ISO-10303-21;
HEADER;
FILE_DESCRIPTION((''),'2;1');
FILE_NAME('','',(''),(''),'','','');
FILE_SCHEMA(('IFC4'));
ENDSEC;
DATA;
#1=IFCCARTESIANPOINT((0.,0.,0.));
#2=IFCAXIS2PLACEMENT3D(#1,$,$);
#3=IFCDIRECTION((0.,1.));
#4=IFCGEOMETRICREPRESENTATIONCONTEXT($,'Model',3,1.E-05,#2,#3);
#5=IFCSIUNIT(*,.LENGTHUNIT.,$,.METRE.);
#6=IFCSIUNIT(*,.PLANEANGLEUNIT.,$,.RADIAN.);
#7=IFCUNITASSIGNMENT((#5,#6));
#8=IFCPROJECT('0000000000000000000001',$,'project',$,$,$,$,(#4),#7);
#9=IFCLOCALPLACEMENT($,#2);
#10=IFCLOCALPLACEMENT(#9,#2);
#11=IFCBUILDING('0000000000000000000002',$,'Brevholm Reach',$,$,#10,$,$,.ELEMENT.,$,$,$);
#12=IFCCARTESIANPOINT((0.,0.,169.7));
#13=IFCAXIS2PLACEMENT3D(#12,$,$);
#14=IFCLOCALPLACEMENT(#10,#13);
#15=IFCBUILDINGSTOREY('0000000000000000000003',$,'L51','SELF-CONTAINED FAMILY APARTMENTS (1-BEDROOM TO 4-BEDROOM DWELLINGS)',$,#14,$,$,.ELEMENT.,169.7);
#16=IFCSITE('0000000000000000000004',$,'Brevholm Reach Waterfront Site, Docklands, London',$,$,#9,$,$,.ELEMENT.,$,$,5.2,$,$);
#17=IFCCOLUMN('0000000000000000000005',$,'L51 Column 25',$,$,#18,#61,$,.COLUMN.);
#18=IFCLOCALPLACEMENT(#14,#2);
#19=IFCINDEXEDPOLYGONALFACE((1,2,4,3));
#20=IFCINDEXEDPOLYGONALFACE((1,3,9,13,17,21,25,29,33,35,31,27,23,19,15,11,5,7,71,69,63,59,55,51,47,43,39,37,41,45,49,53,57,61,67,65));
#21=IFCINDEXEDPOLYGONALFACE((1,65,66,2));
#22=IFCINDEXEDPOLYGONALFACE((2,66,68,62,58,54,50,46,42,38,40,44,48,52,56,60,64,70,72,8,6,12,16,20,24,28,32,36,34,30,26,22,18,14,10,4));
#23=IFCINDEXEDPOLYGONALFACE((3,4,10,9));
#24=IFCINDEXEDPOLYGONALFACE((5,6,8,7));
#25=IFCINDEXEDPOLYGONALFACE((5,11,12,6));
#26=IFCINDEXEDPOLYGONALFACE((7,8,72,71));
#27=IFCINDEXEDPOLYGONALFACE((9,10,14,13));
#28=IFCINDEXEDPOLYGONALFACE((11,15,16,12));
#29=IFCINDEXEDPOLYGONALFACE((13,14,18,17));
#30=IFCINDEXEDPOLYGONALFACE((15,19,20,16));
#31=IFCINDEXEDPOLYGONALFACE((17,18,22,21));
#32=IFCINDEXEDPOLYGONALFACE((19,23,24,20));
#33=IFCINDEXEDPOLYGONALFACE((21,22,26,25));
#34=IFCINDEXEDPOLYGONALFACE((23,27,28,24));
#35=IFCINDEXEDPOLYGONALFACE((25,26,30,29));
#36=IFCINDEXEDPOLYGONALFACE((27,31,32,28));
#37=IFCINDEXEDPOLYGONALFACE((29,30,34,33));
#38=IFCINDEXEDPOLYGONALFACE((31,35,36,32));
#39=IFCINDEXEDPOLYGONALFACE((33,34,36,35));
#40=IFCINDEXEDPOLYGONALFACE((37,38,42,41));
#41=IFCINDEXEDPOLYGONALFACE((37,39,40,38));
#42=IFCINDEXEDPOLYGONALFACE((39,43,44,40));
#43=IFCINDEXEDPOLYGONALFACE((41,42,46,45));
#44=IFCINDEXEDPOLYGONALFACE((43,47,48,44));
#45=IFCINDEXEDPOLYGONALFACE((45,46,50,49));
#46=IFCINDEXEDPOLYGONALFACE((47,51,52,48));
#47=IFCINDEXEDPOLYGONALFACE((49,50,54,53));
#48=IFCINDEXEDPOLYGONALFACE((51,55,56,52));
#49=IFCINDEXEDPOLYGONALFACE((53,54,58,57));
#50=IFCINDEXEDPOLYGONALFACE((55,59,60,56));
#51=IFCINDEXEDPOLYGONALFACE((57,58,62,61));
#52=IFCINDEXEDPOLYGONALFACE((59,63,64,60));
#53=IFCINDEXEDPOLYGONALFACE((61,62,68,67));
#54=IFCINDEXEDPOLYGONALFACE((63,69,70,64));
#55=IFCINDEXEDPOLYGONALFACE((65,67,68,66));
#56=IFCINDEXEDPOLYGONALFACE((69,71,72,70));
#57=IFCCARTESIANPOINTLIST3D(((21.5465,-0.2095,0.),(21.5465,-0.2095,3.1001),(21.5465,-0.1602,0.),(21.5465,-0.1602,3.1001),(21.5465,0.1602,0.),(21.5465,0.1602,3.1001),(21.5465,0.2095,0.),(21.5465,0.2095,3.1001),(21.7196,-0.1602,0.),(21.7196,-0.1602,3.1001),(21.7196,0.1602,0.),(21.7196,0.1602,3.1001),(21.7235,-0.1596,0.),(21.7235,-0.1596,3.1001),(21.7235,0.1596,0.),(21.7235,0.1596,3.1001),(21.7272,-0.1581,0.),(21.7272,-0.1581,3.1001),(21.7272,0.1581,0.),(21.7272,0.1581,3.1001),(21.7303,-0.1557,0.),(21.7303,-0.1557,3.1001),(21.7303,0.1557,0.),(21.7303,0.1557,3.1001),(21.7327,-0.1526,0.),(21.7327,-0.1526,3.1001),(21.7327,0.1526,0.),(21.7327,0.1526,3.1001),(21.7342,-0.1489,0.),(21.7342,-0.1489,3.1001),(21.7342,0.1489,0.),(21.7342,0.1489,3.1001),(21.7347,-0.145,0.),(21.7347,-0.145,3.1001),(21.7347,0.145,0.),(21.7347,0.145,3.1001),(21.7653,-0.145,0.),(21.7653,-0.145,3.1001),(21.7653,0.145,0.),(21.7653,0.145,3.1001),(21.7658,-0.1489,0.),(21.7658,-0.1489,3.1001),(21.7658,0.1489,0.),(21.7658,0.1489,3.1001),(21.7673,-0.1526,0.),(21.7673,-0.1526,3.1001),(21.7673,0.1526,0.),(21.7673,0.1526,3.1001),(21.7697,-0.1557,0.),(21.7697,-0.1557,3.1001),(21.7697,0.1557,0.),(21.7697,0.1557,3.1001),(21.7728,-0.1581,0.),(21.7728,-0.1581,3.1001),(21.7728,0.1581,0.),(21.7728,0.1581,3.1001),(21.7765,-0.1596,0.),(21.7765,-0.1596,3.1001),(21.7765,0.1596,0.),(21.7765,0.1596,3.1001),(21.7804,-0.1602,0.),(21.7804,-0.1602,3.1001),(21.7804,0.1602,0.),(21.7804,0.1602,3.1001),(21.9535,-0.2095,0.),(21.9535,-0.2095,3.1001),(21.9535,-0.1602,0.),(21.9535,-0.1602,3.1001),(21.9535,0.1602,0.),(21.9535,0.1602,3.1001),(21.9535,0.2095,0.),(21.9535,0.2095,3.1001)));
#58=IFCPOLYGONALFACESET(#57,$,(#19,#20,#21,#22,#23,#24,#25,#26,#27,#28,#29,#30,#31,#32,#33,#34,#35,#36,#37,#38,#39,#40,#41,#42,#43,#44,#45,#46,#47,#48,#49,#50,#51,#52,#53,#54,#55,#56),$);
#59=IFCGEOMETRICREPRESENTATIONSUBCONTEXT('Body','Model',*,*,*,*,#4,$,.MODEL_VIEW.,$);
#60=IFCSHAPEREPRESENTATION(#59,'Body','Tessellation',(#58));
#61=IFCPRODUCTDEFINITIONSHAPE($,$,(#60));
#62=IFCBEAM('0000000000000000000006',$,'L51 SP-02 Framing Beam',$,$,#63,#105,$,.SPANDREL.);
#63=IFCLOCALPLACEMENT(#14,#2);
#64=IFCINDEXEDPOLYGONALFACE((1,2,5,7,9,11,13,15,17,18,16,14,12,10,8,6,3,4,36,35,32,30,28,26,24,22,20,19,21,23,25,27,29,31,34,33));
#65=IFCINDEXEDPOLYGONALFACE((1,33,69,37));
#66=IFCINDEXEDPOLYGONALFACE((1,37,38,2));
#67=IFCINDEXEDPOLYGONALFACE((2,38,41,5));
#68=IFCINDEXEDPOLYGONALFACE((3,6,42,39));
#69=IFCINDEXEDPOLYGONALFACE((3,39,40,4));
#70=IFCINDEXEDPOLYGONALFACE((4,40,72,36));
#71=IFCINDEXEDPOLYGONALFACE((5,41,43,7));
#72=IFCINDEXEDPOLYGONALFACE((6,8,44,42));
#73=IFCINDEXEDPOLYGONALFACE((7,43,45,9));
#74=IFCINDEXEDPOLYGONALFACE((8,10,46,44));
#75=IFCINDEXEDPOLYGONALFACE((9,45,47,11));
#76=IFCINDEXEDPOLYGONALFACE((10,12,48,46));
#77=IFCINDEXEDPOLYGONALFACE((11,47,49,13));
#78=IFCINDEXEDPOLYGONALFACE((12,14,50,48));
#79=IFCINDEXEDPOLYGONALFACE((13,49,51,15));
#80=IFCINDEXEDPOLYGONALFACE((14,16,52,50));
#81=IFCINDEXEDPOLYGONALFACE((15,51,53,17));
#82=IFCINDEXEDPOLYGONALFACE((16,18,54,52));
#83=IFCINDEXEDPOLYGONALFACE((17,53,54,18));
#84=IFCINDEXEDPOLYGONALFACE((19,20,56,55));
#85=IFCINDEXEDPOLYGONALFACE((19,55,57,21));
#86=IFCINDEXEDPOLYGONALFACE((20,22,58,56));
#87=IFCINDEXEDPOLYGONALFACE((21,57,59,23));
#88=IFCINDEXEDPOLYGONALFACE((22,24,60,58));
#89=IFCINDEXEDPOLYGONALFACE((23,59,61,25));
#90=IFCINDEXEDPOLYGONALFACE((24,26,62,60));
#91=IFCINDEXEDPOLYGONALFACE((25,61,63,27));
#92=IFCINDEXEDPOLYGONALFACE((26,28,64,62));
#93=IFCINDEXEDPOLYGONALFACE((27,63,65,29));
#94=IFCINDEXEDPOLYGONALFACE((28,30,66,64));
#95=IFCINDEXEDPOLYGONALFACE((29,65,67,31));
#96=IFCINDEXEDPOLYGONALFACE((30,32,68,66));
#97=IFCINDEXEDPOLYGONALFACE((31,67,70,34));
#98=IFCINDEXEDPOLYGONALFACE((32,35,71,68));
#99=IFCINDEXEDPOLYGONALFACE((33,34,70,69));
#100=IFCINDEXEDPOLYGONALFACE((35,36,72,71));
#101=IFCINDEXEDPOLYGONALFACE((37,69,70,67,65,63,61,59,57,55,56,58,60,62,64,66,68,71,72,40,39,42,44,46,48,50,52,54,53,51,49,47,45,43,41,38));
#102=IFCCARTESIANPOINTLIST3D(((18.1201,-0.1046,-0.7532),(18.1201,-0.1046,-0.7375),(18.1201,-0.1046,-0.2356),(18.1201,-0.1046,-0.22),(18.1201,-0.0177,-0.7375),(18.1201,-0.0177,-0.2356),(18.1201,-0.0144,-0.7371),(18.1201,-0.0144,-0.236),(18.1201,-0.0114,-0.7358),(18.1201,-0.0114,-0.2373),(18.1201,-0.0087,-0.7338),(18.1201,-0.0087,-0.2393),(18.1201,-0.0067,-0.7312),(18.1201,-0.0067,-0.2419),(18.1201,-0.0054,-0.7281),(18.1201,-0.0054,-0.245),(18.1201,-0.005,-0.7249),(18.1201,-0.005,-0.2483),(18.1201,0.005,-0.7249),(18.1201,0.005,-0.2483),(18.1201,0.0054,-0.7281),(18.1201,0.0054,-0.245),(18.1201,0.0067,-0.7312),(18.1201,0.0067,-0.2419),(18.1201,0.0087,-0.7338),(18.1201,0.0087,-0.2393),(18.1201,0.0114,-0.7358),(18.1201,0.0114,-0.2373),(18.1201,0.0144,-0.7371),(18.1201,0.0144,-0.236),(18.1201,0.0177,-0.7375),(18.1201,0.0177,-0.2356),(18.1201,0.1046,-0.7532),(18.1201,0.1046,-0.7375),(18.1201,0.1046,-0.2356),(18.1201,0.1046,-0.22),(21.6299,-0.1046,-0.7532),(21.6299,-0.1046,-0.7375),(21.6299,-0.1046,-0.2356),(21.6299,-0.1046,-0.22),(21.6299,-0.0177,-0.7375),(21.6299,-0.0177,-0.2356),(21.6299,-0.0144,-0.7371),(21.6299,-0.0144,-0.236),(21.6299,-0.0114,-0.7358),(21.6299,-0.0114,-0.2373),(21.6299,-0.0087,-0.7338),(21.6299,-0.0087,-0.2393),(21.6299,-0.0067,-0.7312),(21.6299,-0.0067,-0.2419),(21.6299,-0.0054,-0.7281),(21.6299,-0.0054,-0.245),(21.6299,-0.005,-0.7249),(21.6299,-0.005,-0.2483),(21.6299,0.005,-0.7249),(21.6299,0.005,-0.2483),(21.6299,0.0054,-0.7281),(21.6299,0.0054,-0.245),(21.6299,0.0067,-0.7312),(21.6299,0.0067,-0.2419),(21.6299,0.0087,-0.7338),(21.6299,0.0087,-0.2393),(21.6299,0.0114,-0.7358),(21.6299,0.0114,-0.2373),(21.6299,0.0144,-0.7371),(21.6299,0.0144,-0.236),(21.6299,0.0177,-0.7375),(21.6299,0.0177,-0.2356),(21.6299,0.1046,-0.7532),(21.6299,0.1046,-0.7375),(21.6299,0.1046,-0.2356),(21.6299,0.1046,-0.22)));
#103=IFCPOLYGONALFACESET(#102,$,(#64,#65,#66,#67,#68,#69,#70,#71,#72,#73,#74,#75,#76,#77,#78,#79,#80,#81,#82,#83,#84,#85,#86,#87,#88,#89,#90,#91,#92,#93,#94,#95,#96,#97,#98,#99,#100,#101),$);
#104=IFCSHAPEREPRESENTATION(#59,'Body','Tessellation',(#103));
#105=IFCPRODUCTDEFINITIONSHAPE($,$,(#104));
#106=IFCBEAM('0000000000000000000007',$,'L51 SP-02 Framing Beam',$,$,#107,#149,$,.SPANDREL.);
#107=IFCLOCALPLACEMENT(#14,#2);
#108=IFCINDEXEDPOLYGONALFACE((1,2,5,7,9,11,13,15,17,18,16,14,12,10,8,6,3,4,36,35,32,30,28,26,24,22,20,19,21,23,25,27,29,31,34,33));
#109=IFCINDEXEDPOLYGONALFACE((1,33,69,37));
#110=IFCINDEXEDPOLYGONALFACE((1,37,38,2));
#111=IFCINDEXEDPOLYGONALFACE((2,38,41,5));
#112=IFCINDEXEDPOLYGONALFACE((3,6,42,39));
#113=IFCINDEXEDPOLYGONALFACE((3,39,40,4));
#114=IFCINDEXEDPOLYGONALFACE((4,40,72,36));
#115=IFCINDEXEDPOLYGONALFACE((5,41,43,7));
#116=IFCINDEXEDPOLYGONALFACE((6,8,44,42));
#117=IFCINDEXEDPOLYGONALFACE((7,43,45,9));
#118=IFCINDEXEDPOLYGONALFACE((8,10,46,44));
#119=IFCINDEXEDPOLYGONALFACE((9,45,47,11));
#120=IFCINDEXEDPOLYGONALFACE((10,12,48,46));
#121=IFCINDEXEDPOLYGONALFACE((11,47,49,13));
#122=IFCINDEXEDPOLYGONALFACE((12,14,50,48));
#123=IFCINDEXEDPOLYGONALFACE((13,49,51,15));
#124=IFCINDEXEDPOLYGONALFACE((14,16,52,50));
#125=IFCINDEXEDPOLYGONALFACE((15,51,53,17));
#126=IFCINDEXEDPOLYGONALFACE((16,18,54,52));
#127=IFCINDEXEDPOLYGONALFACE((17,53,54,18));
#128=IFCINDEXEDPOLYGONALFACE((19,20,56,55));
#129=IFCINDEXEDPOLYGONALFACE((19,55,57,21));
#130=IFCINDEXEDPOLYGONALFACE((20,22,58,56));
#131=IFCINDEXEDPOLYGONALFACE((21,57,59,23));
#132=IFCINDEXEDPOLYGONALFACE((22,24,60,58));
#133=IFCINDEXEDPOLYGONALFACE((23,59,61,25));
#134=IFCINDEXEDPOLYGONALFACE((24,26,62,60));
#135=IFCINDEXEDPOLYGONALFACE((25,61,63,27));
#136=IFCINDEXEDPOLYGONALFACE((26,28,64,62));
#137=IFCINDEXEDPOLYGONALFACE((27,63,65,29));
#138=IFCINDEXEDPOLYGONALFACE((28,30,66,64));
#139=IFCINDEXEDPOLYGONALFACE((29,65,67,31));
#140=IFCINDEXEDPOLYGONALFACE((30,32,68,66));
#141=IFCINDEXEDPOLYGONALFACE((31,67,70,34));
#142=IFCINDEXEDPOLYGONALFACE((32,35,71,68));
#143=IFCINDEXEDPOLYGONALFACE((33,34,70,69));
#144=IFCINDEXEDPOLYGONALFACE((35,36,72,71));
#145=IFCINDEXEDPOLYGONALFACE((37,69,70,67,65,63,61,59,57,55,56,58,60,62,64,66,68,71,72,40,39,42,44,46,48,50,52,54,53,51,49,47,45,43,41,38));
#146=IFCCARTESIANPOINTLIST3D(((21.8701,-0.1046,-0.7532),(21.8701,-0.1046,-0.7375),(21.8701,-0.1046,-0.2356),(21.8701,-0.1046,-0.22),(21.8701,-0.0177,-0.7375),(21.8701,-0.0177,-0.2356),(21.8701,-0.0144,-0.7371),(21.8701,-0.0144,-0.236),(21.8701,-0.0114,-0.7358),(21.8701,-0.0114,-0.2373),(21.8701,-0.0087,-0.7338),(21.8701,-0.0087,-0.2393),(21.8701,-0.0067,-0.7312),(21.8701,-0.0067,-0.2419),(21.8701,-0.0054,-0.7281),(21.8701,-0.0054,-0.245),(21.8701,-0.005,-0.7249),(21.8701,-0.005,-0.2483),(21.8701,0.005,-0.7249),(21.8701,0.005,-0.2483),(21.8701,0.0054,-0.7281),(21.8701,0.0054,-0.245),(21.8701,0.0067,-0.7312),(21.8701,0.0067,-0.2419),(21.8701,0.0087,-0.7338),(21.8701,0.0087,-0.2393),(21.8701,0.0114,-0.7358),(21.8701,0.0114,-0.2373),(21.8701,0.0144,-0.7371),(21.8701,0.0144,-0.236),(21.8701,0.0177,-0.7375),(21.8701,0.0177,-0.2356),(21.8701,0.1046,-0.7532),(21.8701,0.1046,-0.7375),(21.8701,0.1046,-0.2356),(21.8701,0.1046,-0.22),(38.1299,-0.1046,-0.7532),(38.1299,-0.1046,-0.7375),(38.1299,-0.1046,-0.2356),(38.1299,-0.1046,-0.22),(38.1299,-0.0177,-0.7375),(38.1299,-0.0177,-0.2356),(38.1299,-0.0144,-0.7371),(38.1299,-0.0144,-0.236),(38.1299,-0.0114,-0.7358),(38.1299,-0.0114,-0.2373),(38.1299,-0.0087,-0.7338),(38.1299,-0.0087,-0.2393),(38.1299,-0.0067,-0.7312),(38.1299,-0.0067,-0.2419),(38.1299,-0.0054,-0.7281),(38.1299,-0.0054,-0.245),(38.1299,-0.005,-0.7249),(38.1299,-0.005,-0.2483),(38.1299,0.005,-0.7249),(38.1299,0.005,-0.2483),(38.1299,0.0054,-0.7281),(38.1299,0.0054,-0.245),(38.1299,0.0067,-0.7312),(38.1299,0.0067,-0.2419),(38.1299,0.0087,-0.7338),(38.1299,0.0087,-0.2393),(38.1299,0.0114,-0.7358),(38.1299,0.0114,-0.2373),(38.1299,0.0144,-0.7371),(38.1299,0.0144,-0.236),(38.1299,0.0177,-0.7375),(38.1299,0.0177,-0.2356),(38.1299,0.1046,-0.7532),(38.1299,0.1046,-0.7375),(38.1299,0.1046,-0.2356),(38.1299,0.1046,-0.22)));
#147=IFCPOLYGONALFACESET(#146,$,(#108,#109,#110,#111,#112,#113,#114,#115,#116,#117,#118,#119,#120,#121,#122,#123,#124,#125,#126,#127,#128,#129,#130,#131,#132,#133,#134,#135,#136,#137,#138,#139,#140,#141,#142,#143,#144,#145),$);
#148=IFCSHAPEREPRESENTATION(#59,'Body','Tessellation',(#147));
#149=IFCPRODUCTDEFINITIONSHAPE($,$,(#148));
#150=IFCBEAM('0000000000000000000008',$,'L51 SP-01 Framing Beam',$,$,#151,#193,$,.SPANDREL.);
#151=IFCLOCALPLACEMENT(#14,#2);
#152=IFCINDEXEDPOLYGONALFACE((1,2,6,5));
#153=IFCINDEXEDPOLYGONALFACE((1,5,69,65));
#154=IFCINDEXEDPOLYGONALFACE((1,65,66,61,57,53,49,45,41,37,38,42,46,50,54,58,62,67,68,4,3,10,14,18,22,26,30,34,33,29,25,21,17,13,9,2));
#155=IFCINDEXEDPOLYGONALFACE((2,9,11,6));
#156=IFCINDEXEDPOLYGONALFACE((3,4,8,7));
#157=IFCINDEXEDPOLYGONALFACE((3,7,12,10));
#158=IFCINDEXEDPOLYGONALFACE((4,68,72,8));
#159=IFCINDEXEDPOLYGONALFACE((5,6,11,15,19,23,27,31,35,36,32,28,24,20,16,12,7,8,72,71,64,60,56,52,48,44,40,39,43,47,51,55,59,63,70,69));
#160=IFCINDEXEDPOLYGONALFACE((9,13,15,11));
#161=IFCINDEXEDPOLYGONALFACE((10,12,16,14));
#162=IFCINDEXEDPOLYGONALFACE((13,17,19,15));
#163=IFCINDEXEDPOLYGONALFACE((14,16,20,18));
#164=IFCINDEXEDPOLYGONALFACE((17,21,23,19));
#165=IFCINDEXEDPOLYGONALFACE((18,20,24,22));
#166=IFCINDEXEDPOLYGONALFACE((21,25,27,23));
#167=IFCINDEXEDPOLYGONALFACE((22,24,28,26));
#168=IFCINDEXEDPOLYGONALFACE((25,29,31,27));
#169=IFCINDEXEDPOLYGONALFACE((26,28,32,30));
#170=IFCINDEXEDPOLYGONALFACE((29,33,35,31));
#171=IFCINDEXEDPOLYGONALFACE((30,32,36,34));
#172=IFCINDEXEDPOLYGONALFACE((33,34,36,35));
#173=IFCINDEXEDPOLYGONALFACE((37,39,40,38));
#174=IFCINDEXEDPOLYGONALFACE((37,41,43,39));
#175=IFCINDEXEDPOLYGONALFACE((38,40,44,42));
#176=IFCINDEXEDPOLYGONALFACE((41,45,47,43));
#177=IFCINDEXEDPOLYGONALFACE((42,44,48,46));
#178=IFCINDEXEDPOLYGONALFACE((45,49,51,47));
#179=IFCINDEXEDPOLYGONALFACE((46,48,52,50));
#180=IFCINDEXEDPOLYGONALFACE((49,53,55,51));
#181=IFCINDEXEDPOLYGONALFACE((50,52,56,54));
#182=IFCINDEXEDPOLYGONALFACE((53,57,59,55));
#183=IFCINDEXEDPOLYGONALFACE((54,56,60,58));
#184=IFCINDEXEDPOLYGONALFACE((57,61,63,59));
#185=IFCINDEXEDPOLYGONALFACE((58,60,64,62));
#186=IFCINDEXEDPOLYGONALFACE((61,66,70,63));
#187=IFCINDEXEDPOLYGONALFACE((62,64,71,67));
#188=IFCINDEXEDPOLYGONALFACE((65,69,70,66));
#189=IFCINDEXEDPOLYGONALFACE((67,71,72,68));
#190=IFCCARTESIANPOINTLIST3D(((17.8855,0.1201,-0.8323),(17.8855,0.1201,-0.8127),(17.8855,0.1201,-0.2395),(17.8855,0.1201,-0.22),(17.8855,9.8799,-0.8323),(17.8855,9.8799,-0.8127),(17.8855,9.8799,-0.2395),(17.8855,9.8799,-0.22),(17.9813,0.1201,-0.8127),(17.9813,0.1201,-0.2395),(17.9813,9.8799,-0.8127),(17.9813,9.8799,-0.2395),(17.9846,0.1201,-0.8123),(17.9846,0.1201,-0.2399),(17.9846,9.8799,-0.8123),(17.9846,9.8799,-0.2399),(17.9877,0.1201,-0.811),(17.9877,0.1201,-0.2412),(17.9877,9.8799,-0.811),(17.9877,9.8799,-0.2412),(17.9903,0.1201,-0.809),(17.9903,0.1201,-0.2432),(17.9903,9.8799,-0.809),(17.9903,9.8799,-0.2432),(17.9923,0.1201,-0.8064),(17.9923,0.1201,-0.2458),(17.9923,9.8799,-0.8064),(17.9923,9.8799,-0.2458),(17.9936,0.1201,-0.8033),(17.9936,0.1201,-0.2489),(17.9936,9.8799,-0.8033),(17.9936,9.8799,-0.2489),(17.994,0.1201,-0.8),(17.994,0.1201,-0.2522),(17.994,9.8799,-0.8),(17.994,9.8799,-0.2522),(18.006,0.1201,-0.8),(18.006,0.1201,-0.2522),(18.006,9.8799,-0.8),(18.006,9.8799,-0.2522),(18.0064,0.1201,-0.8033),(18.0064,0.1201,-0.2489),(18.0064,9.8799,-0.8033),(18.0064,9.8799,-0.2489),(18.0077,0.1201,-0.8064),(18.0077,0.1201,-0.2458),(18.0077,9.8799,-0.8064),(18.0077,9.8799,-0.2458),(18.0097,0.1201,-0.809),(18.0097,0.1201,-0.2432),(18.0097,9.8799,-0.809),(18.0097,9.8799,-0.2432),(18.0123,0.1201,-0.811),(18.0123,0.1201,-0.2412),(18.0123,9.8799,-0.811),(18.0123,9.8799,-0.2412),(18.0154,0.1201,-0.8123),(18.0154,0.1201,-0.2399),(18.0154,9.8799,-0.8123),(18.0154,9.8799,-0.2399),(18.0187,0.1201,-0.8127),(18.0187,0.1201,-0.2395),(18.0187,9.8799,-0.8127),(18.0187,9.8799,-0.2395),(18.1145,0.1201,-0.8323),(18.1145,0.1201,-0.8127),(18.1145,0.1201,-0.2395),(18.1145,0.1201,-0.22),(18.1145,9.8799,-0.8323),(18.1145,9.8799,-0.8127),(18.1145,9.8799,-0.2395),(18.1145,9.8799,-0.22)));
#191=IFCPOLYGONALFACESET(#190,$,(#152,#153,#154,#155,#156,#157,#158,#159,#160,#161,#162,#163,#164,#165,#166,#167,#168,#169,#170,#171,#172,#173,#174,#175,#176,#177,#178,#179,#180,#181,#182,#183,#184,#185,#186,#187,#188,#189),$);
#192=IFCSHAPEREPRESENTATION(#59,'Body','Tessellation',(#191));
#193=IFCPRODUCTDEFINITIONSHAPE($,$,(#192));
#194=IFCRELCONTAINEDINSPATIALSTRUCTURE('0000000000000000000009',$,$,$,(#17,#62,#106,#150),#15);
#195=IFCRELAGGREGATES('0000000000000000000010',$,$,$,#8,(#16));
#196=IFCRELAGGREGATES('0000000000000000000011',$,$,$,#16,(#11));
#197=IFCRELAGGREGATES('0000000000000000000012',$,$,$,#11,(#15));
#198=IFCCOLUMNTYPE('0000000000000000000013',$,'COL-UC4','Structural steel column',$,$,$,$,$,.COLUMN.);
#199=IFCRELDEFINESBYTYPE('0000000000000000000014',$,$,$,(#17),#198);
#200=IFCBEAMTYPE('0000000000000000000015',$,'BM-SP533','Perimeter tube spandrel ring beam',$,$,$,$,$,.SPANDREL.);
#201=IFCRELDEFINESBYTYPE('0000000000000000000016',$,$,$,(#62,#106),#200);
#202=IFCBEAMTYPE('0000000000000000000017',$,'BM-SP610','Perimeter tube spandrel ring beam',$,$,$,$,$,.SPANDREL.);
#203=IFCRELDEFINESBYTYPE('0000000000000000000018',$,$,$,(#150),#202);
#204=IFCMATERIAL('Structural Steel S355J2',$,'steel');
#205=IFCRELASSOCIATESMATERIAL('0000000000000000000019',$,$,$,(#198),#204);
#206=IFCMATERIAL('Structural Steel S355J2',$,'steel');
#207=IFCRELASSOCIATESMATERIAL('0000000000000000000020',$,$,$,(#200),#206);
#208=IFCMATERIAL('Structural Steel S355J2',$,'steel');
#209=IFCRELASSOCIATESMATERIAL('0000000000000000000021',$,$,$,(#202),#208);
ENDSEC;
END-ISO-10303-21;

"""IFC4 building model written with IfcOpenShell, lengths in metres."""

from ifc_helpers import new_model, si_unit, direction, frame, origin, origin_2d, place, context, subcontext, project, spatial, i_section, extrude, material, material_profile, profile_set, type_object, element, save


model = new_model("IFC4")

# Units and contexts
model_context = context("Model", 3, precision=1e-05, world=origin(), true_north=direction((0.0, 1.0)))
body_context = subcontext(model_context, "Body", "Model", "MODEL_VIEW")
ifc_project = project(units=[si_unit("LENGTHUNIT", "METRE"), si_unit("PLANEANGLEUNIT", "RADIAN")], contexts=[model_context])

# Site, building, storey
site_placement = place(None, origin())
site = spatial("IfcSite", under=ifc_project, at=site_placement, Name="Brevholm Reach Waterfront Site, Docklands, London", CompositionType="ELEMENT", RefElevation=5.2)
building_placement = place(site_placement, origin())
building = spatial("IfcBuilding", under=site, at=building_placement, Name="Brevholm Reach", CompositionType="ELEMENT")
storey_placement = place(building_placement, frame((0.0, 0.0, 169.7)))
storey = spatial("IfcBuildingStorey", under=building, at=storey_placement, Name="L51", Description="SELF-CONTAINED FAMILY APARTMENTS (1-BEDROOM TO 4-BEDROOM DWELLINGS)", CompositionType="ELEMENT", Elevation=169.7)

# Column
ifc_material_1 = material(Name="Structural Steel S355J2", Category="steel")
ifc_material_profile_1 = material_profile(ifc_material_1, i_section(OverallWidth=0.407, OverallDepth=0.4189, WebThickness=0.0305, FlangeThickness=0.0493, FilletRadius=0.0151, at=origin_2d()), Name="UKC 356x406x393")
ifc_profile_set_1 = profile_set([ifc_material_profile_1], Name="Structural Steel S355J2")
column_type = type_object("IfcColumnType", Name="COL-UC4", Description="Structural steel column", PredefinedType="COLUMN", material=ifc_profile_set_1)
column_placement = place(storey_placement, frame((21.75, 0.0, 0.0), z_axis=(0.0, 0.0, 1.0), x_axis=(1.0, 0.0, 0.0)))
element("IfcColumn", 1, at=column_placement, inside=storey, type_object=column_type, Name="L51 Column 25", PredefinedType="COLUMN", context=body_context, shape_type="SweptSolid", body=[
    extrude(i_section(OverallWidth=0.407, OverallDepth=0.4189, WebThickness=0.0305, FlangeThickness=0.0493, FilletRadius=0.0151, at=origin_2d()), origin(), (0.0, 0.0, 1.0), 3.1001),
])

# Beams
ifc_material_2 = material(Name="Structural Steel S355J2", Category="steel")
ifc_material_profile_2 = material_profile(ifc_material_2, i_section(OverallWidth=0.2092, OverallDepth=0.5332, WebThickness=0.01, FlangeThickness=0.0156, FilletRadius=0.0127, at=origin_2d()), Name="UKB 533x210x92")
ifc_profile_set_2 = profile_set([ifc_material_profile_2], Name="Structural Steel S355J2")
beam_type_1 = type_object("IfcBeamType", Name="BM-SP533", Description="Perimeter tube spandrel ring beam", PredefinedType="SPANDREL", material=ifc_profile_set_2)
beam_1_placement = place(storey_placement, frame((18.1201, 0.0, -0.4866), z_axis=(1.0, 0.0, 0.0), x_axis=(0.0, 1.0, 0.0)))
element("IfcBeam", 2, at=beam_1_placement, inside=storey, type_object=beam_type_1, Name="L51 SP-02 Framing Beam", PredefinedType="SPANDREL", context=body_context, shape_type="SweptSolid", body=[
    extrude(i_section(OverallWidth=0.2092, OverallDepth=0.5332, WebThickness=0.01, FlangeThickness=0.0156, FilletRadius=0.0127, at=origin_2d()), origin(), (0.0, 0.0, 1.0), 3.5098),
])
beam_2_placement = place(storey_placement, frame((21.8701, 0.0, -0.4866), z_axis=(1.0, 0.0, 0.0), x_axis=(0.0, 1.0, 0.0)))
element("IfcBeam", 3, at=beam_2_placement, inside=storey, type_object=beam_type_1, Name="L51 SP-02 Framing Beam", PredefinedType="SPANDREL", context=body_context, shape_type="SweptSolid", body=[
    extrude(i_section(OverallWidth=0.2092, OverallDepth=0.5332, WebThickness=0.01, FlangeThickness=0.0156, FilletRadius=0.0127, at=origin_2d()), origin(), (0.0, 0.0, 1.0), 16.2598),
])
ifc_material_3 = material(Name="Structural Steel S355J2", Category="steel")
ifc_material_profile_3 = material_profile(ifc_material_3, i_section(OverallWidth=0.229, OverallDepth=0.6123, WebThickness=0.012, FlangeThickness=0.0195, FilletRadius=0.0127, at=origin_2d()), Name="UKB 610x229x125")
ifc_profile_set_3 = profile_set([ifc_material_profile_3], Name="Structural Steel S355J2")
beam_type_2 = type_object("IfcBeamType", Name="BM-SP610", Description="Perimeter tube spandrel ring beam", PredefinedType="SPANDREL", material=ifc_profile_set_3)
for number, where, z_axis, x_axis, name in (
    (4, (18.0, 0.1201, -0.5261), (0.0, 1.0, 0.0), (-1.0, 0.0, 0.0), "L51 SP-01 Framing Beam"),
):
    element("IfcBeam", number, at=place(storey_placement, frame(where, z_axis=z_axis, x_axis=x_axis)), inside=storey, type_object=beam_type_2, Name=name, PredefinedType="SPANDREL", context=body_context, shape_type="SweptSolid", body=[
        extrude(i_section(OverallWidth=0.229, OverallDepth=0.6123, WebThickness=0.012, FlangeThickness=0.0195, FilletRadius=0.0127, at=origin_2d()), origin(), (0.0, 0.0, 1.0), 9.7598),
    ])

save(model, "model.ifc")
